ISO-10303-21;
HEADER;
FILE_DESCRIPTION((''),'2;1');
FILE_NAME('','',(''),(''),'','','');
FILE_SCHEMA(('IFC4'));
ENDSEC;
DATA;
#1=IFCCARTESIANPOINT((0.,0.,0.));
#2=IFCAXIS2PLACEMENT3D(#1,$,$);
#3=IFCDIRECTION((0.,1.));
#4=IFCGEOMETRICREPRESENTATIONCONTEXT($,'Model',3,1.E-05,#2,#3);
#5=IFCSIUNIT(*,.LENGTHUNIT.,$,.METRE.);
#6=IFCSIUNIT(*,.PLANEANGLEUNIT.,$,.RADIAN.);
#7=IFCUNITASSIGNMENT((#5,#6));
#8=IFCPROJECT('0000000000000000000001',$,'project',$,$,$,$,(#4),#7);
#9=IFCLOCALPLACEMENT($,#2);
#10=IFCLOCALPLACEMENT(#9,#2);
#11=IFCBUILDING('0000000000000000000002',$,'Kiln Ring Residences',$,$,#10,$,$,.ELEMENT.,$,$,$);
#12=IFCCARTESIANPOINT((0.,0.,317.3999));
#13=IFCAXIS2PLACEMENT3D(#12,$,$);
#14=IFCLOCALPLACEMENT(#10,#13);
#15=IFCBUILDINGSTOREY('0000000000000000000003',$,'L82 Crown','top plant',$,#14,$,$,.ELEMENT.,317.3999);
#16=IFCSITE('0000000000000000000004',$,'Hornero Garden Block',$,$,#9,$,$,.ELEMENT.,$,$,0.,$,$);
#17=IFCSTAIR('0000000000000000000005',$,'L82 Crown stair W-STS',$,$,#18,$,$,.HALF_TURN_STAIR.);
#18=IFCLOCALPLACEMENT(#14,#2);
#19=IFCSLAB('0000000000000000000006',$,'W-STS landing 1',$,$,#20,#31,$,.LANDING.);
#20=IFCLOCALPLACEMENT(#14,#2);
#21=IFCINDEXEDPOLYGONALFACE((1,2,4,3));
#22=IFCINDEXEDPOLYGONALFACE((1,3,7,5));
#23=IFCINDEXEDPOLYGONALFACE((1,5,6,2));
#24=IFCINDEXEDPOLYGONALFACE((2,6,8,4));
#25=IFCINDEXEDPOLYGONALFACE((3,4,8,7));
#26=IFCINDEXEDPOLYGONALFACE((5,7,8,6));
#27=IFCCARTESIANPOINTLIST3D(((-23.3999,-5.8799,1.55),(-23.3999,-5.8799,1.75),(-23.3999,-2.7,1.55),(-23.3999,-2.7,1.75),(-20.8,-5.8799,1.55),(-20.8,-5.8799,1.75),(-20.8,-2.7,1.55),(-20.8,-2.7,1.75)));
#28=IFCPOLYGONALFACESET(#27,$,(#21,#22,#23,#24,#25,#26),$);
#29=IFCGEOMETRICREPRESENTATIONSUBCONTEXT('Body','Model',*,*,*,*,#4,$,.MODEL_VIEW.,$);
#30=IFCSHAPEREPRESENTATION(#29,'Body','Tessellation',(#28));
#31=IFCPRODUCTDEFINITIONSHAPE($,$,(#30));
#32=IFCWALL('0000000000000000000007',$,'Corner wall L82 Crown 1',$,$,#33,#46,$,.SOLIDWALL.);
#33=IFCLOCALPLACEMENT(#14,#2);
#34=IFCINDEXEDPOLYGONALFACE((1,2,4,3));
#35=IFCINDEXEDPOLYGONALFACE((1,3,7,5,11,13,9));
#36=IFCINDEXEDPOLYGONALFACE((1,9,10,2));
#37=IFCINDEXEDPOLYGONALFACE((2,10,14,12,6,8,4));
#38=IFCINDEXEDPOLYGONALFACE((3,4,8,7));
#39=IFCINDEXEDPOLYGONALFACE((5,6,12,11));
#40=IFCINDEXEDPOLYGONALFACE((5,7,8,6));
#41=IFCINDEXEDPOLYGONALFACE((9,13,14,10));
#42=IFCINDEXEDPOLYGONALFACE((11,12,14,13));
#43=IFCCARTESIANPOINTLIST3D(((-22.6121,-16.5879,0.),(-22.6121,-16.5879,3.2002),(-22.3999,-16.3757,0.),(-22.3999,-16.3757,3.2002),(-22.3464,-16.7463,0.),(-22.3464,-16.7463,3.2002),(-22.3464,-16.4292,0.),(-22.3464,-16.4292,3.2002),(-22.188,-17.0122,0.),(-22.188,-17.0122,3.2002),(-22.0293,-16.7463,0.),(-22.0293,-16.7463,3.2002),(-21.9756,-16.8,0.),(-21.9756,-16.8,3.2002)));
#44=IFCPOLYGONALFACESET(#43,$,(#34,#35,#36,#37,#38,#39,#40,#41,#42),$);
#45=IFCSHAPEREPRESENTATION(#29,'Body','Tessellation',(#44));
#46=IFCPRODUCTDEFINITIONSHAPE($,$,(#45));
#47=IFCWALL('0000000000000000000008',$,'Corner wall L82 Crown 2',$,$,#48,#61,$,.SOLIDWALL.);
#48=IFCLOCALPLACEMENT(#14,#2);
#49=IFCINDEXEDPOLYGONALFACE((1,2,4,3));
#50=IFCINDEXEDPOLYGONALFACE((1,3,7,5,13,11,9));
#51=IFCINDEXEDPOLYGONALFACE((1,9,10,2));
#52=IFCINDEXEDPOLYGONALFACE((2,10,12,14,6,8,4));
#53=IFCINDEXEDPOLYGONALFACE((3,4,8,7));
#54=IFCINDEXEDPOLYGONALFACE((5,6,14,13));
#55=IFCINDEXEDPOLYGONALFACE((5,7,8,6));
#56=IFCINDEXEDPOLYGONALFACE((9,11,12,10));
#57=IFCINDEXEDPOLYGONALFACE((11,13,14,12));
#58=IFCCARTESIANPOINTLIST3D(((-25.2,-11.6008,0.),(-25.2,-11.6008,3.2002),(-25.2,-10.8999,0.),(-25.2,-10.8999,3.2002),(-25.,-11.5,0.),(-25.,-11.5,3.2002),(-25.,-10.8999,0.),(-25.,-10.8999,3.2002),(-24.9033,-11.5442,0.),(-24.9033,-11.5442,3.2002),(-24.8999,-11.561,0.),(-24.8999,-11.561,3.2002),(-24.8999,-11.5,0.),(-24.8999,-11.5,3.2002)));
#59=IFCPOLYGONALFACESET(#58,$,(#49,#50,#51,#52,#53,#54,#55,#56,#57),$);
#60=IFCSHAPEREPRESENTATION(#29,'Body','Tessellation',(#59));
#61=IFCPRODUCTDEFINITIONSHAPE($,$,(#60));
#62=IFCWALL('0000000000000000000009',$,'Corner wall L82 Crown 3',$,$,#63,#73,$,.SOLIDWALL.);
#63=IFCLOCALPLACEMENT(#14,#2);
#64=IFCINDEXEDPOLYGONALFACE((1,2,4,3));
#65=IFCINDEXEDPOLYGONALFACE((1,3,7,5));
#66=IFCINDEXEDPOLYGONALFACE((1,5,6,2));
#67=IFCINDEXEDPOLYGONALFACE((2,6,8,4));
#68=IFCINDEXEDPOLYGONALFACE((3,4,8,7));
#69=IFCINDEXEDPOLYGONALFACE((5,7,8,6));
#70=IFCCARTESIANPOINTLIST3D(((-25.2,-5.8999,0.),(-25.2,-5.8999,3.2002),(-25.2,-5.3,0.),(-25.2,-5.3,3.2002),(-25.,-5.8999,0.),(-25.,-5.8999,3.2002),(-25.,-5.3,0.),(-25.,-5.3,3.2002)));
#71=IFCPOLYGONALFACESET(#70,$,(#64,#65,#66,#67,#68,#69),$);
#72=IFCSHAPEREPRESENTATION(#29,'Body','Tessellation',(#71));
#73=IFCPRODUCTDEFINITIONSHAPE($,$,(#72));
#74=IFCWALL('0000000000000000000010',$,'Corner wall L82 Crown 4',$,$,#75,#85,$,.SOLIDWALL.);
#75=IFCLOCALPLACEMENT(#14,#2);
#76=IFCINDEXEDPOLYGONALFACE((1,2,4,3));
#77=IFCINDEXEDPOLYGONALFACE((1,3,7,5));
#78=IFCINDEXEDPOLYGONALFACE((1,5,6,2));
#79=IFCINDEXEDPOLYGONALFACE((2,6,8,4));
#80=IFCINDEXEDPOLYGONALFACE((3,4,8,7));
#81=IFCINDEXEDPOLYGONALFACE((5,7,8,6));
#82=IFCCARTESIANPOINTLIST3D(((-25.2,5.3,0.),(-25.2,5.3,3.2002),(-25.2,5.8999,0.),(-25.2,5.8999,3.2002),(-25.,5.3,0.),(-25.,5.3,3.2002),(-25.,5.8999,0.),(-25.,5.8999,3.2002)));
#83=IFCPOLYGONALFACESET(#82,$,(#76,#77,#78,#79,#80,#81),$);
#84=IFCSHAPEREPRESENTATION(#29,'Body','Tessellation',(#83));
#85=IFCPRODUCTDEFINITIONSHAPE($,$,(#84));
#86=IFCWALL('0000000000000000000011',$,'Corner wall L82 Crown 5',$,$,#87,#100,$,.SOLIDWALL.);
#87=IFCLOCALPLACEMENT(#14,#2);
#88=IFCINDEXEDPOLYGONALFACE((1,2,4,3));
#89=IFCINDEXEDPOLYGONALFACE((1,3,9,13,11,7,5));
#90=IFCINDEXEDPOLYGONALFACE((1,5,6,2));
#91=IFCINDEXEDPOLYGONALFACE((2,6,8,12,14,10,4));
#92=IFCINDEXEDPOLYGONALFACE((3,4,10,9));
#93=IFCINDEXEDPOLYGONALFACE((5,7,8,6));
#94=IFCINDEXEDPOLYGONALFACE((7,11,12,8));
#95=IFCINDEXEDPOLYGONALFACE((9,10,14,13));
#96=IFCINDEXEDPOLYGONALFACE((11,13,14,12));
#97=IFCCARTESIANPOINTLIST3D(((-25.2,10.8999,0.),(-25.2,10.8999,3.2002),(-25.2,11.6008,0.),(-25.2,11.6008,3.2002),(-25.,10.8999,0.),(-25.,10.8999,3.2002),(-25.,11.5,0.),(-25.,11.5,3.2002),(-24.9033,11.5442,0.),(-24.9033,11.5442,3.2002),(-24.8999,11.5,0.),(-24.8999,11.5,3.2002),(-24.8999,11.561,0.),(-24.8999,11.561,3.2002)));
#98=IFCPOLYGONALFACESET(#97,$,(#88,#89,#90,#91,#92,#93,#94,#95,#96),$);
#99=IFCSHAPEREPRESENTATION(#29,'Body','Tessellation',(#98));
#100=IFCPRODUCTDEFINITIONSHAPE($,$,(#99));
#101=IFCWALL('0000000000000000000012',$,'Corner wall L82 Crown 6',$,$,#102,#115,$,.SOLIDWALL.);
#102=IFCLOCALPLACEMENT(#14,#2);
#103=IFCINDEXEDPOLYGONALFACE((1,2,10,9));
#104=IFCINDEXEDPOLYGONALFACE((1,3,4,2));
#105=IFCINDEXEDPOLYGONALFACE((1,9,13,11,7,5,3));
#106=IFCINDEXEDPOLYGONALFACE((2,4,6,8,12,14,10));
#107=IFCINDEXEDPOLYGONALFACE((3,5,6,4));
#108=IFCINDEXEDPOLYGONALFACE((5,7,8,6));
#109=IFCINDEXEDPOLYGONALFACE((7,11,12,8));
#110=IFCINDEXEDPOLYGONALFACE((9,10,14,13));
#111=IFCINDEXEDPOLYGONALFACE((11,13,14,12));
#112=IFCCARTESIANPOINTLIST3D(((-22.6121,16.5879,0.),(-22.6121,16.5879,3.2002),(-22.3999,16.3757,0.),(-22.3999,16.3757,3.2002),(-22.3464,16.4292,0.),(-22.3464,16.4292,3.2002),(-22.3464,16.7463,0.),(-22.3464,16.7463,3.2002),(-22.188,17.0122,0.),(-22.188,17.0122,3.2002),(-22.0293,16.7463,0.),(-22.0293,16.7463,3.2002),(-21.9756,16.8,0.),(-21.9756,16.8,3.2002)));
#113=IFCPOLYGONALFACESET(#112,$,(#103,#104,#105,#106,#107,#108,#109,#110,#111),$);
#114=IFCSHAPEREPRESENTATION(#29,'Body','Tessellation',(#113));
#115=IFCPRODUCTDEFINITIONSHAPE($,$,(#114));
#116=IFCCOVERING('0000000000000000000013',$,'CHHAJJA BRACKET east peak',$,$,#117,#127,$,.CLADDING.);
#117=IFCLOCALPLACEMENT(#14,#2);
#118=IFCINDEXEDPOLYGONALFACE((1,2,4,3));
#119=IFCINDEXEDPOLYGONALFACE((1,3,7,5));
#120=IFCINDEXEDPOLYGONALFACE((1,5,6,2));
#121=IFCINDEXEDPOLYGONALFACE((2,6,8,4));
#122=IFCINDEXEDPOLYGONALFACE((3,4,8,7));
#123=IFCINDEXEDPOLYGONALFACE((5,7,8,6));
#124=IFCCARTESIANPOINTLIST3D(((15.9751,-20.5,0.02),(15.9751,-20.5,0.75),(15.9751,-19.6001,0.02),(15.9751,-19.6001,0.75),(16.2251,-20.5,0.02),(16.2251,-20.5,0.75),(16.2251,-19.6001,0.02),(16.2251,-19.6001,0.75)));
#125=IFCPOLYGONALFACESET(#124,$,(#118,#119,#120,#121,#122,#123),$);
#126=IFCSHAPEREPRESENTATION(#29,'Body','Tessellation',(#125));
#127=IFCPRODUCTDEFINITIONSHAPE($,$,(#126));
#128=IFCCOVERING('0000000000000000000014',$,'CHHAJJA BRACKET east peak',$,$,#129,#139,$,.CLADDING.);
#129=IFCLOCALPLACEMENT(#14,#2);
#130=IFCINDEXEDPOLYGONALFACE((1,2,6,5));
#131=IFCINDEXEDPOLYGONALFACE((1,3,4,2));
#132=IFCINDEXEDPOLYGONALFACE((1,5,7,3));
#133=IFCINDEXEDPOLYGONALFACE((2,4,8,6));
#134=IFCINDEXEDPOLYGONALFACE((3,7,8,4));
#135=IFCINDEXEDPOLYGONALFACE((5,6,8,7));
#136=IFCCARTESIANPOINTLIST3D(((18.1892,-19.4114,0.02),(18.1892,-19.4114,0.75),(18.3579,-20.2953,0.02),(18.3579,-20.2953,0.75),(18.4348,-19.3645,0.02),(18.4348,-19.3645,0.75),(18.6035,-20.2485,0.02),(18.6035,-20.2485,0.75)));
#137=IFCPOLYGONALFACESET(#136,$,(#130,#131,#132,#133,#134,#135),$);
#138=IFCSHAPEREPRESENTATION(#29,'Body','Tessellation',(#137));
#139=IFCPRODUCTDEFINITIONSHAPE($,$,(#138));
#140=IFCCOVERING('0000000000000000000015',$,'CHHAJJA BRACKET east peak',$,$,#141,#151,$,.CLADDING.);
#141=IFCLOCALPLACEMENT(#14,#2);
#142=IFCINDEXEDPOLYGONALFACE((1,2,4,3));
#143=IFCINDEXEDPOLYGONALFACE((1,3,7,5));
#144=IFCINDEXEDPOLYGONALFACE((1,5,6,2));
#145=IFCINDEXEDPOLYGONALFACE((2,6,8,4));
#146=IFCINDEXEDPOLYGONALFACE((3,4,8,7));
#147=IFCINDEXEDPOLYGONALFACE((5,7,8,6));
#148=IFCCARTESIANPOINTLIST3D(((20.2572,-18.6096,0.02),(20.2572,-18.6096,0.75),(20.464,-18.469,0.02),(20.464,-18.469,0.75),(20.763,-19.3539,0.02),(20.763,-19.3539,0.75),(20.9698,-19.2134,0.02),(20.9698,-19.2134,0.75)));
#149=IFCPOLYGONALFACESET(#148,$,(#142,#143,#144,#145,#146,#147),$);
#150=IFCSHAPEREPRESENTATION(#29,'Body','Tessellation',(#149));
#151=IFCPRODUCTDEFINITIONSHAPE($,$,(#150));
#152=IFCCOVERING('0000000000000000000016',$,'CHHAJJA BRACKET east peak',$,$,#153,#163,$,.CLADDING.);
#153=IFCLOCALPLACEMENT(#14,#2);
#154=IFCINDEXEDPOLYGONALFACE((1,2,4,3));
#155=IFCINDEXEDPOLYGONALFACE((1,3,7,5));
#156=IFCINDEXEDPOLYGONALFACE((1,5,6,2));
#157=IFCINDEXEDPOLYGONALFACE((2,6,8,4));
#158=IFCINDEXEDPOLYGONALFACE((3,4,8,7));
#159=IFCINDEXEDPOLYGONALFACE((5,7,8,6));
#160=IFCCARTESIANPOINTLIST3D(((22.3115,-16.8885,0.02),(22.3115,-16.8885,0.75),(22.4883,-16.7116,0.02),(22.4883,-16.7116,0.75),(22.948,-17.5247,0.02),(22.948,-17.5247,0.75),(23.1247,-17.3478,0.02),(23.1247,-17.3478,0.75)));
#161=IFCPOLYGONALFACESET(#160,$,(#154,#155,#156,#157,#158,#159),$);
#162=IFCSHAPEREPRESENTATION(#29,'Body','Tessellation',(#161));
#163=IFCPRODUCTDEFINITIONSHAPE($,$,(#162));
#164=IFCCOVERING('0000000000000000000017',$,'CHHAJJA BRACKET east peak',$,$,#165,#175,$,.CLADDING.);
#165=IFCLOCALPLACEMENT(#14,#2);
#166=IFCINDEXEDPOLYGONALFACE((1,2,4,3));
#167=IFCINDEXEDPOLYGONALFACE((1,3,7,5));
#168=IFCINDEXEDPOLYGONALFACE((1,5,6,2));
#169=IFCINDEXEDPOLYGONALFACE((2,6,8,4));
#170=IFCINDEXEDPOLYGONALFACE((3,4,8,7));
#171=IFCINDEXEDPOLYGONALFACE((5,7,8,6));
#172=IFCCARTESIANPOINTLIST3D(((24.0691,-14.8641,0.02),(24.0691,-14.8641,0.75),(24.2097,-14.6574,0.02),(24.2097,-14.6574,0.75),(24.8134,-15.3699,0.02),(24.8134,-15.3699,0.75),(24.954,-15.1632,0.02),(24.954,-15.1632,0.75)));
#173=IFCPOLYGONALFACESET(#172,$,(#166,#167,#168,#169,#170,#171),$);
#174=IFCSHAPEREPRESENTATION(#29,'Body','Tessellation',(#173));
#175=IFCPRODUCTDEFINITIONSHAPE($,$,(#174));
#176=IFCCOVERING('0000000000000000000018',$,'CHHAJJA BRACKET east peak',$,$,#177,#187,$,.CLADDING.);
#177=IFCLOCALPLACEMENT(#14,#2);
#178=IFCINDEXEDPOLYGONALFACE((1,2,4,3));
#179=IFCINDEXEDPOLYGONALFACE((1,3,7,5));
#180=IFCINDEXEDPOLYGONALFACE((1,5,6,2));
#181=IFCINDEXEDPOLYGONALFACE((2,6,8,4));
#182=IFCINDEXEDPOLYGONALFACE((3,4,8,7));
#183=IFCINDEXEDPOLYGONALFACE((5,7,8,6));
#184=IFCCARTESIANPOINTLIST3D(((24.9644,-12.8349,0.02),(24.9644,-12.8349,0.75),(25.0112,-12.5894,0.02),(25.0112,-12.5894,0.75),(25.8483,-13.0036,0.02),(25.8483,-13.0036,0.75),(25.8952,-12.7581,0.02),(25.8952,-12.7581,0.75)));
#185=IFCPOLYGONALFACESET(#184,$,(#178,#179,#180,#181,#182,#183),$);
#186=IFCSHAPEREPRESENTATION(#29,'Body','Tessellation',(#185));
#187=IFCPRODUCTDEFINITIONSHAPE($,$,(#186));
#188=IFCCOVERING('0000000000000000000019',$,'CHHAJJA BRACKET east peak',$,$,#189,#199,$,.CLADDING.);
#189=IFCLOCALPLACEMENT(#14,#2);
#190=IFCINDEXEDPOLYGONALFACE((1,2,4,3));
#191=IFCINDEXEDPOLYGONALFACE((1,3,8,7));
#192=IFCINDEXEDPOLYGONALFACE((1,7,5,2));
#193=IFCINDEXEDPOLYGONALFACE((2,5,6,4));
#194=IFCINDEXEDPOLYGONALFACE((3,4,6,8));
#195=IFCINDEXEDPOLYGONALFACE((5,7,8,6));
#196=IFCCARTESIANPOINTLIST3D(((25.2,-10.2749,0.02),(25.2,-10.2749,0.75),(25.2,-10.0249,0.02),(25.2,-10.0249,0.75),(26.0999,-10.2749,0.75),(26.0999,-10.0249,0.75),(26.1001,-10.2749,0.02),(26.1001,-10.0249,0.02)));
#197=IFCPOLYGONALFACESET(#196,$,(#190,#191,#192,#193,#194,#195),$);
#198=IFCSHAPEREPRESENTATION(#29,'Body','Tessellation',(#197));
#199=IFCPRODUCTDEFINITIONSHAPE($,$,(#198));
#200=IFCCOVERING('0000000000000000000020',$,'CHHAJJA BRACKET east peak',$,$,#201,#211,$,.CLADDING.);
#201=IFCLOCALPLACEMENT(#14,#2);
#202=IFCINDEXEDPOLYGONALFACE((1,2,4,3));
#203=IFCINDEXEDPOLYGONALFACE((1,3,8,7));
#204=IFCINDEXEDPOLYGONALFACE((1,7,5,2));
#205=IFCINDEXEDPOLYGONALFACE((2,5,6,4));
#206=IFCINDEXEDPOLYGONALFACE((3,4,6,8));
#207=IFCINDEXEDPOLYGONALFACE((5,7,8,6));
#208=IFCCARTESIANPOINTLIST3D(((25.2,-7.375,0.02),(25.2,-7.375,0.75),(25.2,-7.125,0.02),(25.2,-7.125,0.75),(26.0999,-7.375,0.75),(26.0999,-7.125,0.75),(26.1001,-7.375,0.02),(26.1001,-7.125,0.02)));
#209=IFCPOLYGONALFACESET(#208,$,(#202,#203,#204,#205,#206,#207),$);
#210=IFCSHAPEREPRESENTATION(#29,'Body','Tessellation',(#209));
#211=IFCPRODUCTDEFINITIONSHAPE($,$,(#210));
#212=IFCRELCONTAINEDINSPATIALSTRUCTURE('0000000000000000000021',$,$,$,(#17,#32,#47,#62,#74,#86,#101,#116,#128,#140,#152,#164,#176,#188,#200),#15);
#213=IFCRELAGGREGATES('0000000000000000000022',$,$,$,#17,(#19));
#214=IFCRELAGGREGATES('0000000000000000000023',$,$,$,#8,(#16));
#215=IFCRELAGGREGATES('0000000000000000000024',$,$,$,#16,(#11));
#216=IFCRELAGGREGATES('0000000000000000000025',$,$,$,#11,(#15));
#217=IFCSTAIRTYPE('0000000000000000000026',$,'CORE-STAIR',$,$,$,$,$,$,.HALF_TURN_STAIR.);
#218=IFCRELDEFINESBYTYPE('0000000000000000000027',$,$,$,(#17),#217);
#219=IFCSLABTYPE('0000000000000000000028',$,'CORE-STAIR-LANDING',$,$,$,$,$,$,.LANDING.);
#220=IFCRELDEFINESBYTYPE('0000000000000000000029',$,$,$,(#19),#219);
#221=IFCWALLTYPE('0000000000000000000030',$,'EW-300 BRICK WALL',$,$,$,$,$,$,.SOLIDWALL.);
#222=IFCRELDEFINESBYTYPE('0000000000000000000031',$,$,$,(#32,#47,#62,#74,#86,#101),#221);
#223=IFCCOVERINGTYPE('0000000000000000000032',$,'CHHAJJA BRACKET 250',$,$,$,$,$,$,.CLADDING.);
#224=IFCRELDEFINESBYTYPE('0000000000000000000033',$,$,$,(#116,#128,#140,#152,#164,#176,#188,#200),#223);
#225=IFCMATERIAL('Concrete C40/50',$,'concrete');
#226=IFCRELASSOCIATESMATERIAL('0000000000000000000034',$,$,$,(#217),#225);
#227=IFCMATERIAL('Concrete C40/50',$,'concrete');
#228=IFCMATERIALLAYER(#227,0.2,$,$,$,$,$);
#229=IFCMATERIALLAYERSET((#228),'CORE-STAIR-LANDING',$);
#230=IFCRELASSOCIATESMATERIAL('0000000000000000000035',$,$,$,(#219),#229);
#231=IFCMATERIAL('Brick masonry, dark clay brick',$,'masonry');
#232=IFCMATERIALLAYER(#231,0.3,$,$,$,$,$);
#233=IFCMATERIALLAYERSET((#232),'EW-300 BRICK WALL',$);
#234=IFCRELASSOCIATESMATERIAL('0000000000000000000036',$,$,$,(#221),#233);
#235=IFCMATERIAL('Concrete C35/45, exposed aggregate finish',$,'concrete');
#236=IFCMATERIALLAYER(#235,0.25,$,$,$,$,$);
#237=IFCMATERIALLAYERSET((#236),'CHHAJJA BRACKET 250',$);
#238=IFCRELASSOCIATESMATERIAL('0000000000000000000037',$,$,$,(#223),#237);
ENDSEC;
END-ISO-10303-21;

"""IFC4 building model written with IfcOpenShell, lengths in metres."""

from ifc_helpers import new_model, si_unit, direction, frame, origin, place, context, subcontext, project, spatial, polyline, outline, extrude, material, layer, layer_set, type_object, element, aggregate, save


model = new_model("IFC4")

# Units and contexts
model_context = context("Model", 3, precision=1e-05, world=origin(), true_north=direction((0.0, 1.0)))
body_context = subcontext(model_context, "Body", "Model", "MODEL_VIEW")
ifc_project = project(units=[si_unit("LENGTHUNIT", "METRE"), si_unit("PLANEANGLEUNIT", "RADIAN")], contexts=[model_context])

# Site, building, storey
site_placement = place(None, origin())
site = spatial("IfcSite", under=ifc_project, at=site_placement, Name="Hornero Garden Block", CompositionType="ELEMENT", RefElevation=0.0)
building_placement = place(site_placement, origin())
building = spatial("IfcBuilding", under=site, at=building_placement, Name="Kiln Ring Residences", CompositionType="ELEMENT")
storey_placement = place(building_placement, frame((0.0, 0.0, 317.3999)))
storey = spatial("IfcBuildingStorey", under=building, at=storey_placement, Name="L82 Crown", Description="top plant", CompositionType="ELEMENT", Elevation=317.3999)

# Stair, slab
ifc_material_1 = material(Name="Concrete C40/50", Category="concrete")
stair_type = type_object("IfcStairType", Name="CORE-STAIR", PredefinedType="HALF_TURN_STAIR", material=ifc_material_1)
placement = place(storey_placement, origin())
stair = element("IfcStair", 1, at=placement, inside=storey, type_object=stair_type, Name="L82 Crown stair W-STS", PredefinedType="HALF_TURN_STAIR")
ifc_material_2 = material(Name="Concrete C40/50", Category="concrete")
ifc_layer_1 = layer(ifc_material_2, 0.2)
ifc_layer_set_1 = layer_set([ifc_layer_1], Name="CORE-STAIR-LANDING")
slab_type = type_object("IfcSlabType", Name="CORE-STAIR-LANDING", PredefinedType="LANDING", material=ifc_layer_set_1)
slab_placement = place(storey_placement, frame((0.0, 0.0, 1.55)))
slab = element("IfcSlab", 2, at=slab_placement, type_object=slab_type, Name="W-STS landing 1", PredefinedType="LANDING", context=body_context, shape_type="SweptSolid", body=[
    extrude(outline(polyline([(-20.8, -5.8799), (-20.8, -2.7), (-23.3999, -2.7), (-23.3999, -5.8799), (-20.8, -5.8799)])), origin(), (0.0, 0.0, 1.0), 0.2),
])
aggregate(stair, [slab])

# Walls
ifc_material_3 = material(Name="Brick masonry, dark clay brick", Category="masonry")
ifc_layer_2 = layer(ifc_material_3, 0.3)
ifc_layer_set_2 = layer_set([ifc_layer_2], Name="EW-300 BRICK WALL")
wall_type = type_object("IfcWallType", Name="EW-300 BRICK WALL", PredefinedType="SOLIDWALL", material=ifc_layer_set_2)
element("IfcWall", 3, at=placement, inside=storey, type_object=wall_type, Name="Corner wall L82 Crown 1", PredefinedType="SOLIDWALL", context=body_context, shape_type="SweptSolid", body=[
    extrude(outline(polyline([(-22.3999, -16.3757), (-22.6121, -16.5879), (-22.188, -17.0122), (-21.9756, -16.8), (-22.0293, -16.7463), (-22.3464, -16.7463), (-22.3464, -16.4292), (-22.3999, -16.3757)])), origin(), (0.0, 0.0, 1.0), 3.2002),
])
element("IfcWall", 4, at=placement, inside=storey, type_object=wall_type, Name="Corner wall L82 Crown 2", PredefinedType="SOLIDWALL", context=body_context, shape_type="SweptSolid", body=[
    extrude(outline(polyline([(-25.2, -10.8999), (-25.2, -11.6008), (-24.9033, -11.5442), (-24.8999, -11.561), (-24.8999, -11.5), (-25.0, -11.5), (-25.0, -10.8999), (-25.2, -10.8999)])), origin(), (0.0, 0.0, 1.0), 3.2002),
])
element("IfcWall", 5, at=placement, inside=storey, type_object=wall_type, Name="Corner wall L82 Crown 3", PredefinedType="SOLIDWALL", context=body_context, shape_type="SweptSolid", body=[
    extrude(outline(polyline([(-25.0, -5.3), (-25.2, -5.3), (-25.2, -5.8999), (-24.8999, -5.8999), (-25.0, -5.8999), (-25.0, -5.3)])), origin(), (0.0, 0.0, 1.0), 3.2002),
])
element("IfcWall", 6, at=placement, inside=storey, type_object=wall_type, Name="Corner wall L82 Crown 4", PredefinedType="SOLIDWALL", context=body_context, shape_type="SweptSolid", body=[
    extrude(outline(polyline([(-25.0, 5.8999), (-25.2, 5.8999), (-25.2, 5.3), (-25.0, 5.3), (-25.0, 5.8999)])), origin(), (0.0, 0.0, 1.0), 3.2002),
])
element("IfcWall", 7, at=placement, inside=storey, type_object=wall_type, Name="Corner wall L82 Crown 5", PredefinedType="SOLIDWALL", context=body_context, shape_type="SweptSolid", body=[
    extrude(outline(polyline([(-25.2, 11.6008), (-25.2, 10.8999), (-25.0, 10.8999), (-25.0, 11.5), (-24.8999, 11.5), (-24.8999, 11.561), (-24.9033, 11.5442), (-25.2, 11.6008)])), origin(), (0.0, 0.0, 1.0), 3.2002),
])
element("IfcWall", 8, at=placement, inside=storey, type_object=wall_type, Name="Corner wall L82 Crown 6", PredefinedType="SOLIDWALL", context=body_context, shape_type="SweptSolid", body=[
    extrude(outline(polyline([(-21.9756, 16.8), (-22.188, 17.0122), (-22.6121, 16.5879), (-22.3999, 16.3757), (-22.3464, 16.4292), (-22.3464, 16.7463), (-22.0293, 16.7463), (-21.9756, 16.8)])), origin(), (0.0, 0.0, 1.0), 3.2002),
])

# Coverings
ifc_material_4 = material(Name="Concrete C35/45, exposed aggregate finish", Category="concrete")
ifc_layer_3 = layer(ifc_material_4, 0.25)
ifc_layer_set_3 = layer_set([ifc_layer_3], Name="CHHAJJA BRACKET 250")
covering_type = type_object("IfcCoveringType", Name="CHHAJJA BRACKET 250", PredefinedType="CLADDING", material=ifc_layer_set_3)
for number, where, z_axis, x_axis, name in (
    (9, (16.1001, -19.6001, 0.02), (0.0, 0.0, 1.0), (0.0, -1.0, 0.0), "CHHAJJA BRACKET east peak"),
    (10, (18.312, -19.3879, 0.02), (0.0, 0.0, 1.0), (0.187449, -0.982274, 0.0), "CHHAJJA BRACKET east peak"),
    (11, (20.3606, -18.5393, 0.02), (0.0, 0.0, 1.0), (0.562065, -0.827093, 0.0), "CHHAJJA BRACKET east peak"),
    (12, (22.3999, -16.8, 0.02), (0.0, 0.0, 1.0), (0.707242, -0.706971, 0.0), "CHHAJJA BRACKET east peak"),
    (13, (24.1394, -14.7607, 0.02), (0.0, 0.0, 1.0), (0.827093, -0.562065, 0.0), "CHHAJJA BRACKET east peak"),
    (14, (24.9878, -12.7122, 0.02), (0.0, 0.0, 1.0), (0.982274, -0.187449, 0.0), "CHHAJJA BRACKET east peak"),
):
    element("IfcCovering", number, at=place(storey_placement, frame(where, z_axis=z_axis, x_axis=x_axis)), inside=storey, type_object=covering_type, Name=name, PredefinedType="CLADDING", context=body_context, shape_type="SweptSolid", body=[
        extrude(outline(polyline([(0.0, 0.0), (0.8999, 0.0), (0.8999, 0.73), (0.0, 0.73), (0.0, 0.0), (0.0, 0.0)])), frame((0.0, 0.125, 0.0), z_axis=(0.0, -1.0, 0.0), x_axis=(1.0, 0.0, 0.0)), (0.0, 0.0, 1.0), 0.25),
    ])
for number, where, z_axis, x_axis, name in (
    (15, (25.2, -10.1499, 0.02), (0.0, 0.0, 1.0), (1.0, 0.0, 0.0), "CHHAJJA BRACKET east peak"),
    (16, (25.2, -7.25, 0.02), (0.0, 0.0, 1.0), (1.0, 0.0, 0.0), "CHHAJJA BRACKET east peak"),
):
    element("IfcCovering", number, at=place(storey_placement, frame(where, z_axis=z_axis, x_axis=x_axis)), inside=storey, type_object=covering_type, Name=name, PredefinedType="CLADDING", context=body_context, shape_type="SweptSolid", body=[
        extrude(outline(polyline([(0.0, 0.0), (0.9001, 0.0), (0.8999, 0.73), (0.0, 0.73), (0.0, 0.0), (0.0, 0.0)])), frame((0.0, 0.125, 0.0), z_axis=(0.0, -1.0, 0.0), x_axis=(1.0, 0.0, 0.0)), (0.0, 0.0, 1.0), 0.25),
    ])

save(model, "model.ifc")
